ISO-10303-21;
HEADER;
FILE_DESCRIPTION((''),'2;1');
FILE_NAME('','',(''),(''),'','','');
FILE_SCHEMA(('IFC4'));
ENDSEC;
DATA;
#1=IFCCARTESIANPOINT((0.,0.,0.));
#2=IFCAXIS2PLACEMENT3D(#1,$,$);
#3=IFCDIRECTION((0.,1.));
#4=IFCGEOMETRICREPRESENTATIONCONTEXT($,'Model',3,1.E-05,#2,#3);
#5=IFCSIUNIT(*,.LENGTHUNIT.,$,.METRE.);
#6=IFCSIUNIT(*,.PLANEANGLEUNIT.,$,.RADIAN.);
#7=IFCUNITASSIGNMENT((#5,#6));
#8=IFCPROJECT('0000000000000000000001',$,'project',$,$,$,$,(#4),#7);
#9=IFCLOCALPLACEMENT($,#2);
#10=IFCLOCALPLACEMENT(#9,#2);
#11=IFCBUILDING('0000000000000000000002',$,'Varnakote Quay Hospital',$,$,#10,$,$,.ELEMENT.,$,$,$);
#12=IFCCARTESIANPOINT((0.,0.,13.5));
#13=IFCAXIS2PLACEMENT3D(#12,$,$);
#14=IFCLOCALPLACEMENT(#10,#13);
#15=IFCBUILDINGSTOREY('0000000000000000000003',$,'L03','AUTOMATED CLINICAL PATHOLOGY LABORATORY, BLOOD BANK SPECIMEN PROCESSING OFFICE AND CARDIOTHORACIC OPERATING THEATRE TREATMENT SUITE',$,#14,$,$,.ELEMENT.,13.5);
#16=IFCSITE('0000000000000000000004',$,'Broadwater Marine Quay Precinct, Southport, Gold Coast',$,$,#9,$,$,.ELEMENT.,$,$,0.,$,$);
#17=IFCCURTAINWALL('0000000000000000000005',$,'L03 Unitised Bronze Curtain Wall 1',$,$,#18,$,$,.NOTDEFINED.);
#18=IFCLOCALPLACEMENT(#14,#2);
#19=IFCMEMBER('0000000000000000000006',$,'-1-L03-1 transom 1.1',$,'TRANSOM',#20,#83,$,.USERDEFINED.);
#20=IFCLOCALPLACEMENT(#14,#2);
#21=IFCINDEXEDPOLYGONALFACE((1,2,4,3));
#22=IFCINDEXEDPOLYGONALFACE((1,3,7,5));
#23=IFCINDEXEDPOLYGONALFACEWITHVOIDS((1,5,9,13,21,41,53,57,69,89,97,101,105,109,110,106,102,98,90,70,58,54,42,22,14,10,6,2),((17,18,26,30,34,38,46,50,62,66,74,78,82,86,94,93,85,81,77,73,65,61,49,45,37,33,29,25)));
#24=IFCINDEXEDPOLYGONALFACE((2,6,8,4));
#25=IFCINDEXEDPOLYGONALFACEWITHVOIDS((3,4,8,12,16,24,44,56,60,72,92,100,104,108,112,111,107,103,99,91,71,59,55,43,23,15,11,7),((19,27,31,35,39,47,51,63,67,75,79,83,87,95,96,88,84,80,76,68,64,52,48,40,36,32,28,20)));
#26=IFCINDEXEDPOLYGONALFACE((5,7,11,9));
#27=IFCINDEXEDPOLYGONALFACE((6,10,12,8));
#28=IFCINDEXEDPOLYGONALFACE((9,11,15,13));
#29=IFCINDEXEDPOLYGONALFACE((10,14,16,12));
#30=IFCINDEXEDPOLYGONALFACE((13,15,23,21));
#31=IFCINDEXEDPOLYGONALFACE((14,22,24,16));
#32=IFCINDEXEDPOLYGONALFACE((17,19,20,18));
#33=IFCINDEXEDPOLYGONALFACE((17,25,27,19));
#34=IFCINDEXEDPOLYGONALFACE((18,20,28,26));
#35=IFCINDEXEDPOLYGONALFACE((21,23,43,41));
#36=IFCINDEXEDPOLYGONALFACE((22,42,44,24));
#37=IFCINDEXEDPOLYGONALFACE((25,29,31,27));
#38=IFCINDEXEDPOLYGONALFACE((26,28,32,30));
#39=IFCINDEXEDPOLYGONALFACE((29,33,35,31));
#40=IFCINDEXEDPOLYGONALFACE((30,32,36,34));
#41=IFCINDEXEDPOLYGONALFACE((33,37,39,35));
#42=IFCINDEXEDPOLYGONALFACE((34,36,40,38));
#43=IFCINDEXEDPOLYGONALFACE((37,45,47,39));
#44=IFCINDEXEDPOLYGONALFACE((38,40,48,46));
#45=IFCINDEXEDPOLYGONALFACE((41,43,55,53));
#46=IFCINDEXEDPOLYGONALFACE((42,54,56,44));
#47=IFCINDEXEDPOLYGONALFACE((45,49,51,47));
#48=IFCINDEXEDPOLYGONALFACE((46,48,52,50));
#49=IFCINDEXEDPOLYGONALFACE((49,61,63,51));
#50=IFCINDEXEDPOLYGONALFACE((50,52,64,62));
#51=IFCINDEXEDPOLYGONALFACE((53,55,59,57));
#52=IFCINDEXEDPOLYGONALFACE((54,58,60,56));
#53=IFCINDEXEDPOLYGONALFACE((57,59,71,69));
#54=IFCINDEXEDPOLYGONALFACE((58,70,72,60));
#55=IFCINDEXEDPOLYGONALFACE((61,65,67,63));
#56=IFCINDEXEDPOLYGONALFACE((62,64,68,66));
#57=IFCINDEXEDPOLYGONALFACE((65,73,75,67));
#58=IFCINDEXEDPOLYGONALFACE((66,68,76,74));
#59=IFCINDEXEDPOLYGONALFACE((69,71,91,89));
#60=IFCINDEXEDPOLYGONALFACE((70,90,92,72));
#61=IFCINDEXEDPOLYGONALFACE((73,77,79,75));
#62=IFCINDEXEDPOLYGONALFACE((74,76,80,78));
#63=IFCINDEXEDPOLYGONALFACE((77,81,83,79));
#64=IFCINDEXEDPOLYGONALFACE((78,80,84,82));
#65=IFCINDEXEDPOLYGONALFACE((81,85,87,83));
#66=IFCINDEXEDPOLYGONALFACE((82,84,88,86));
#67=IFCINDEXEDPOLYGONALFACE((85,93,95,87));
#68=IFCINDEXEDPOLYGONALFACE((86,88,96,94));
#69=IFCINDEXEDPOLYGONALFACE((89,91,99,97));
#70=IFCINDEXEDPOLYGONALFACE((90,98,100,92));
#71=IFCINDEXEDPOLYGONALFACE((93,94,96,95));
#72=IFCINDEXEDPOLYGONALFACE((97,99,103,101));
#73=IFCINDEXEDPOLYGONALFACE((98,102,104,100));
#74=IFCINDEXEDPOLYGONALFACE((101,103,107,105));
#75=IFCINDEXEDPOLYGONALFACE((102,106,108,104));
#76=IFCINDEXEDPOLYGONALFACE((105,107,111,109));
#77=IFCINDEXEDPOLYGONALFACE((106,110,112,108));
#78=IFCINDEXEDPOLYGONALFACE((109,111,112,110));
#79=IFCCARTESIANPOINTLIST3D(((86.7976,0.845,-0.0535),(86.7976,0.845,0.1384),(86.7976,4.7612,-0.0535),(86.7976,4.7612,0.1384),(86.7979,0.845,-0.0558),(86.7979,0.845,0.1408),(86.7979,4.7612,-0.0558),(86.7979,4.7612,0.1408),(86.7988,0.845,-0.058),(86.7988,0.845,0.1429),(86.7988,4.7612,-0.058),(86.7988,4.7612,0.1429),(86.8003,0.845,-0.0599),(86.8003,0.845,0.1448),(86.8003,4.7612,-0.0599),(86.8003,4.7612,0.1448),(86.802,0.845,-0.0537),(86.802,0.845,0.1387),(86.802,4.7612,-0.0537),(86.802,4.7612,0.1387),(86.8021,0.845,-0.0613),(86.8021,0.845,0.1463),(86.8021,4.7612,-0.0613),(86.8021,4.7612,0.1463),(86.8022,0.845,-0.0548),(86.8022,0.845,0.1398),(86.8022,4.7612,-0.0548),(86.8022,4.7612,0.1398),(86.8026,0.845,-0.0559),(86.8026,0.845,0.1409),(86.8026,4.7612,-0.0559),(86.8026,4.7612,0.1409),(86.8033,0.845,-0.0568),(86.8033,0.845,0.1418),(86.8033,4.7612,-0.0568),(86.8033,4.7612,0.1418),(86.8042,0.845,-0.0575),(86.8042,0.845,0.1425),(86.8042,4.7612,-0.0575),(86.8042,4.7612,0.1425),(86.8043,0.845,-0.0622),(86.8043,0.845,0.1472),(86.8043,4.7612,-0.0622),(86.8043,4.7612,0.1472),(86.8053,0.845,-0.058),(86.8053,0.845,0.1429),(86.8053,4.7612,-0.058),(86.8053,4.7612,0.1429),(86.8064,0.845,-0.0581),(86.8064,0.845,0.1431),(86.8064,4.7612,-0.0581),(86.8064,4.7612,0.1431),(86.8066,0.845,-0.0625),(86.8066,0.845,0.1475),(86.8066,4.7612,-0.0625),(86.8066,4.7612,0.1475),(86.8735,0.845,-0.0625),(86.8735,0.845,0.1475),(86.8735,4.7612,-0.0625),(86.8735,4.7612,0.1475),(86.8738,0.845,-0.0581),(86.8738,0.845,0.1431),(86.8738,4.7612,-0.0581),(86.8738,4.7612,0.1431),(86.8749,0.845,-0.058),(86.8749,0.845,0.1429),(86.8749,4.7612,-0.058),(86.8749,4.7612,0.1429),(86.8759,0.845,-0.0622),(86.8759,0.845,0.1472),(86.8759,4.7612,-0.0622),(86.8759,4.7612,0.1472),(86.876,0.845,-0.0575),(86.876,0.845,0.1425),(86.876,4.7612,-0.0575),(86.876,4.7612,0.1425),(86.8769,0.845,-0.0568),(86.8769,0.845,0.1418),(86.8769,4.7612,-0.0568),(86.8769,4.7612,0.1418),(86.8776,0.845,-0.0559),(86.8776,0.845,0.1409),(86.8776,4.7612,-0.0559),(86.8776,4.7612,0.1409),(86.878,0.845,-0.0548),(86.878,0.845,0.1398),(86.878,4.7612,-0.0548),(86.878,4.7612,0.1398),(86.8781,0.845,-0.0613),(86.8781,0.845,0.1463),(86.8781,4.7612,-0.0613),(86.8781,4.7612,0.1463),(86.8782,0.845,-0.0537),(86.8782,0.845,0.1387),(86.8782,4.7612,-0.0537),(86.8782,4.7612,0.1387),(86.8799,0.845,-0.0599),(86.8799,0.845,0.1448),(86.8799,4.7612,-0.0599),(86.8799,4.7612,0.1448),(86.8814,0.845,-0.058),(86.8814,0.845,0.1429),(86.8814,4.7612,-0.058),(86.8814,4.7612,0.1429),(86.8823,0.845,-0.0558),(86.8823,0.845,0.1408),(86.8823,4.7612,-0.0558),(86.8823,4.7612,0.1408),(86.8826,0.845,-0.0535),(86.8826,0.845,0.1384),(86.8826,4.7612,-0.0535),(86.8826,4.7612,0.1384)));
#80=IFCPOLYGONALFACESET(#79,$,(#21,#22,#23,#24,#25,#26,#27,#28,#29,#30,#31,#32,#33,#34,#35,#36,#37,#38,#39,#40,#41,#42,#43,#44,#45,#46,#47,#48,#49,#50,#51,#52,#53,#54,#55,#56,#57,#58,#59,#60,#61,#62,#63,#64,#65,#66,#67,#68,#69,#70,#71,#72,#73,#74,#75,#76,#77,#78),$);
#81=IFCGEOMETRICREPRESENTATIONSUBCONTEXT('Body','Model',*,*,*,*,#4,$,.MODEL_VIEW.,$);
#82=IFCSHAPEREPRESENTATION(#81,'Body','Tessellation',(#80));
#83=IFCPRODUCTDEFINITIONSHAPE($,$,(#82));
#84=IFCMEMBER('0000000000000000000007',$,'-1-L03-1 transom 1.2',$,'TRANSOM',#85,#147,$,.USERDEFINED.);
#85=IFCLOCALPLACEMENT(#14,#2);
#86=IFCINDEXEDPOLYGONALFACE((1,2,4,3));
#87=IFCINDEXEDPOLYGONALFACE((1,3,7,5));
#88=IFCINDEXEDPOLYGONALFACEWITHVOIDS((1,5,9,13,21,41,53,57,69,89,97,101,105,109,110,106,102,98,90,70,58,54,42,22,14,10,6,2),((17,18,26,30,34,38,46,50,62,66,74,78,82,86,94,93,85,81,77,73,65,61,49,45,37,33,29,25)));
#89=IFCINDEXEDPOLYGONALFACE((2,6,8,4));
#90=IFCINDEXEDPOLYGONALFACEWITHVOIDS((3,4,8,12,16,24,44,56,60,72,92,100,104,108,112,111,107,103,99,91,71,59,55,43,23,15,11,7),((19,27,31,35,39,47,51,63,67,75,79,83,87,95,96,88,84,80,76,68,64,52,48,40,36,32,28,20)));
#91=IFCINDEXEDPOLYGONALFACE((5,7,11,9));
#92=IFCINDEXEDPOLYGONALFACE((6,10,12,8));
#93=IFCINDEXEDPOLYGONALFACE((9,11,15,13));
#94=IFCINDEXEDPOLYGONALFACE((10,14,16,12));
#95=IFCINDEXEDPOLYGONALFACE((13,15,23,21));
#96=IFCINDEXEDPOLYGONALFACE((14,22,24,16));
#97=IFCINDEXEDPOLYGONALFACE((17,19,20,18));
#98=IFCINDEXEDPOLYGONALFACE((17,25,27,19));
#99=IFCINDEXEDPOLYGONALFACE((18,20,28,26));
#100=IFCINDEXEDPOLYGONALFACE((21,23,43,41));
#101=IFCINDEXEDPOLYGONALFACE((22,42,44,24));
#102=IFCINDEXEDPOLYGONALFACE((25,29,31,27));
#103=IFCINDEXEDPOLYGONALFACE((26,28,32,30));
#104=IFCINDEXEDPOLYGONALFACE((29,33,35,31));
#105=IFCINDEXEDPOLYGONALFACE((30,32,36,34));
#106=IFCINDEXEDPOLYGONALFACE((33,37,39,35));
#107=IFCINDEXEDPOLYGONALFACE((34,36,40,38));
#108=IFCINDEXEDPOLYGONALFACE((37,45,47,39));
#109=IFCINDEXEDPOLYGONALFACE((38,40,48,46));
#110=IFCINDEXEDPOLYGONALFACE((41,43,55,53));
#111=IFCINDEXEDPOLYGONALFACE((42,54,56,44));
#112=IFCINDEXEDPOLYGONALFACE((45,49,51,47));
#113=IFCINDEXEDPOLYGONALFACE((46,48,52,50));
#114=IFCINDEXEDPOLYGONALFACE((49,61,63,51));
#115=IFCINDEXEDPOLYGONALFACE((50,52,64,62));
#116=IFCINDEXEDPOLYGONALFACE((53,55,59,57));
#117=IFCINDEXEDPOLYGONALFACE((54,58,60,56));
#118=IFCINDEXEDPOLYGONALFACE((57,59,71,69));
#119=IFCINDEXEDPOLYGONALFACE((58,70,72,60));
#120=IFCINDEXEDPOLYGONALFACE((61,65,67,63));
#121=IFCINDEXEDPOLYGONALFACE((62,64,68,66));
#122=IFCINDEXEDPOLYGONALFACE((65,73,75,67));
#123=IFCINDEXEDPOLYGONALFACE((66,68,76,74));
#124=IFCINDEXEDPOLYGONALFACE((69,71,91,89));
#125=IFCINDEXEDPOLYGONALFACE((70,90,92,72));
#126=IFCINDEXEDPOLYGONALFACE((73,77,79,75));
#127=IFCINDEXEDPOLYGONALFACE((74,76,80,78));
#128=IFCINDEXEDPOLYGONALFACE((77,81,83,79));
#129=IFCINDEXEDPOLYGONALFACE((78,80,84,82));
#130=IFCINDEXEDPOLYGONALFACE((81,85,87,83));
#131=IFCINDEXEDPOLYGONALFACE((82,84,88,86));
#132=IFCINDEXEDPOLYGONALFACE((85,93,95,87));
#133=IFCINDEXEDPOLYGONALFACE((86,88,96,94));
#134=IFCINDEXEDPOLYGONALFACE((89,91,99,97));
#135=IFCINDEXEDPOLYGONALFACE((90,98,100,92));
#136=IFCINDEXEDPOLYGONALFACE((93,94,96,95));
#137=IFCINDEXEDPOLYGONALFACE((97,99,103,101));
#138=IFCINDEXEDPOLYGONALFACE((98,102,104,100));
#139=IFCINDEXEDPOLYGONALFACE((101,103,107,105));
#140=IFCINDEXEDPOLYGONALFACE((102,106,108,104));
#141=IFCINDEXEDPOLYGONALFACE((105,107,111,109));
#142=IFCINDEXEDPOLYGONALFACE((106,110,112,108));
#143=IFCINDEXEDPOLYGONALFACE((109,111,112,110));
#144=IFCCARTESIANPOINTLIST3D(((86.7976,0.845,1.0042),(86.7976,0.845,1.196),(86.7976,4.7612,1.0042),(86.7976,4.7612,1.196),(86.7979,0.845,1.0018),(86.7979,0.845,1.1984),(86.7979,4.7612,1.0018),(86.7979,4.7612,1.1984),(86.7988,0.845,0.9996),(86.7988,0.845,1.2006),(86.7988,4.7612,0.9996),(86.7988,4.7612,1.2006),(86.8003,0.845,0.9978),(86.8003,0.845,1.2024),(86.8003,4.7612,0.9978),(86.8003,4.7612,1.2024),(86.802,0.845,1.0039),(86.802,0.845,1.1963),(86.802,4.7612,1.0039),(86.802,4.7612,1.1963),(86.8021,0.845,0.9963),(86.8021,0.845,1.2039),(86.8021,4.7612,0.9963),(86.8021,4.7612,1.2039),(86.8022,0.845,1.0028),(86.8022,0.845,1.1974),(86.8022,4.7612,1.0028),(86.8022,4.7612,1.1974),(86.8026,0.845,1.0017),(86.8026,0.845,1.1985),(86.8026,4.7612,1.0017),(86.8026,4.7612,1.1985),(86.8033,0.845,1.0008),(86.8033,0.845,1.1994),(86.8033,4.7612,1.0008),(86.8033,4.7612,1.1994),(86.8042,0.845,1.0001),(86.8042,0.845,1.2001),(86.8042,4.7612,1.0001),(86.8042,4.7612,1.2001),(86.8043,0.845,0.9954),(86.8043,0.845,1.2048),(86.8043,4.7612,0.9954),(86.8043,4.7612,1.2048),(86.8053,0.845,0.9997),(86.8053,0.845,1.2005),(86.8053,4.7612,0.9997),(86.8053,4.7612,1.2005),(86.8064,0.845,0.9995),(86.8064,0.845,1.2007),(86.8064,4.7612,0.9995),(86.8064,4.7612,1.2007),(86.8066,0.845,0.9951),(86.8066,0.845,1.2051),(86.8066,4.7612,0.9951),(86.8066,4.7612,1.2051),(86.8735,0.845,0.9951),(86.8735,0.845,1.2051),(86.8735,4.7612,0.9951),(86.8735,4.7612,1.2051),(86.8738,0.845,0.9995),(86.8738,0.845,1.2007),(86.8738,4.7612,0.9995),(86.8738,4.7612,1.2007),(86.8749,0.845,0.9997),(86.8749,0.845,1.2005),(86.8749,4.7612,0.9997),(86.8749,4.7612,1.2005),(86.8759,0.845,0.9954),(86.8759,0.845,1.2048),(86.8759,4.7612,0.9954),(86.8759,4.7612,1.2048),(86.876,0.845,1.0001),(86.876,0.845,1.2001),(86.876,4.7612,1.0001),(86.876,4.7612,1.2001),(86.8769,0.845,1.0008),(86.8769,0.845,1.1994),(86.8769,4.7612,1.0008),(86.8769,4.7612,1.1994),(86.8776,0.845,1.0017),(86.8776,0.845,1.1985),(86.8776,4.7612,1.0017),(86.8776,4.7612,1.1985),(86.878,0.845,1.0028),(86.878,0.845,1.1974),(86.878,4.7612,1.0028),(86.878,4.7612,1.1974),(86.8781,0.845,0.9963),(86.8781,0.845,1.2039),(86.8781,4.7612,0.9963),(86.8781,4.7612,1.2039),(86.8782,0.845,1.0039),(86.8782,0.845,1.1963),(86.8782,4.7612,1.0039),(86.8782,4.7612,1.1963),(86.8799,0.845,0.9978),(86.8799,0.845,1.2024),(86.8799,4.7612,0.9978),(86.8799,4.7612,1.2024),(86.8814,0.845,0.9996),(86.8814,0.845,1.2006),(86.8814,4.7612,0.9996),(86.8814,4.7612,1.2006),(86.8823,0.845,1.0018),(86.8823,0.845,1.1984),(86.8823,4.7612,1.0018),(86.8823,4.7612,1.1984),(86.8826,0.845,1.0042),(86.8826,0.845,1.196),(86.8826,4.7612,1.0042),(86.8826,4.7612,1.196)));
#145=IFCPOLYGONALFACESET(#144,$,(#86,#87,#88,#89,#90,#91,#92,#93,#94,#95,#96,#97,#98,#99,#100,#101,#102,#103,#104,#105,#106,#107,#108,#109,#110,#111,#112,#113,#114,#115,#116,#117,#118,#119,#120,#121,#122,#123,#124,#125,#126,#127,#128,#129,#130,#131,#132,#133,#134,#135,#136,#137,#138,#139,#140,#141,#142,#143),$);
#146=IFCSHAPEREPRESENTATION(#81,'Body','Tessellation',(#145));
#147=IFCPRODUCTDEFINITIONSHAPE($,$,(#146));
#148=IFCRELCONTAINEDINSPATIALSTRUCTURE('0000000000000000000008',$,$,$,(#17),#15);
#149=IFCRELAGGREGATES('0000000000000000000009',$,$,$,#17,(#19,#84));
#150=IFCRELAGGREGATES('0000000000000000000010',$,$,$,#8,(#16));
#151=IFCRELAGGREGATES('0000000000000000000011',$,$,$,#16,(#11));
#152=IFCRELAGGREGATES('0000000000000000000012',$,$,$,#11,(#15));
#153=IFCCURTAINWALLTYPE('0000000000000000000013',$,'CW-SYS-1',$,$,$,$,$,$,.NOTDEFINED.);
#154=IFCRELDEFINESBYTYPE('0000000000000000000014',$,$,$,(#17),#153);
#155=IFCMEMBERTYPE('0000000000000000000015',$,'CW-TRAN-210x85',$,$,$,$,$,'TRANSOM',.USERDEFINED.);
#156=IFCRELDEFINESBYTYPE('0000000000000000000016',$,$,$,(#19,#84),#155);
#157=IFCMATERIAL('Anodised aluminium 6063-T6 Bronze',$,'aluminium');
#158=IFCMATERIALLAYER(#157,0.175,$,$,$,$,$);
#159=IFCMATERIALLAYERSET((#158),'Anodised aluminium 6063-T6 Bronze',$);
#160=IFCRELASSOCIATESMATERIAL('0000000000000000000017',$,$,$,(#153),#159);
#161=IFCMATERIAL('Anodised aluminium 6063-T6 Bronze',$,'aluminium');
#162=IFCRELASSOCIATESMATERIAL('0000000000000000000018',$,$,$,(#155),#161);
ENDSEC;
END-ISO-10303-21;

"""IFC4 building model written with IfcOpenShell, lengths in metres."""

from ifc_helpers import new_model, si_unit, direction, frame, origin, origin_2d, place, context, subcontext, project, spatial, hollow_rectangle, extrude, material, layer, layer_set, material_profile, profile_set, type_object, element, aggregate, save


model = new_model("IFC4")

# Units and contexts
model_context = context("Model", 3, precision=1e-05, world=origin(), true_north=direction((0.0, 1.0)))
body_context = subcontext(model_context, "Body", "Model", "MODEL_VIEW")
ifc_project = project(units=[si_unit("LENGTHUNIT", "METRE"), si_unit("PLANEANGLEUNIT", "RADIAN")], contexts=[model_context])

# Site, building, storey
site_placement = place(None, origin())
site = spatial("IfcSite", under=ifc_project, at=site_placement, Name="Broadwater Marine Quay Precinct, Southport, Gold Coast", CompositionType="ELEMENT", RefElevation=0.0)
building_placement = place(site_placement, origin())
building = spatial("IfcBuilding", under=site, at=building_placement, Name="Varnakote Quay Hospital", CompositionType="ELEMENT")
storey_placement = place(building_placement, frame((0.0, 0.0, 13.5)))
storey = spatial("IfcBuildingStorey", under=building, at=storey_placement, Name="L03", Description="AUTOMATED CLINICAL PATHOLOGY LABORATORY, BLOOD BANK SPECIMEN PROCESSING OFFICE AND CARDIOTHORACIC OPERATING THEATRE TREATMENT SUITE", CompositionType="ELEMENT", Elevation=13.5)

# Curtain wall, members
ifc_material_1 = material(Name="Anodised aluminium 6063-T6 Bronze", Category="aluminium")
ifc_layer_1 = layer(ifc_material_1, 0.175)
ifc_layer_set_1 = layer_set([ifc_layer_1], Name="Anodised aluminium 6063-T6 Bronze")
curtain_wall_type = type_object("IfcCurtainWallType", Name="CW-SYS-1", PredefinedType="NOTDEFINED", material=ifc_layer_set_1)
curtain_wall_placement = place(storey_placement, origin())
curtain_wall = element("IfcCurtainWall", 1, at=curtain_wall_placement, inside=storey, type_object=curtain_wall_type, Name="L03 Unitised Bronze Curtain Wall 1", PredefinedType="NOTDEFINED")
ifc_material_2 = material(Name="Anodised aluminium 6063-T6 Bronze", Category="aluminium")
ifc_material_profile_1 = material_profile(ifc_material_2, hollow_rectangle(XDim=0.085, YDim=0.21, WallThickness=0.0044, InnerFilletRadius=0.0044, OuterFilletRadius=0.009, at=origin_2d()), Name="CW-TRAN-210x85")
ifc_profile_set_1 = profile_set([ifc_material_profile_1], Name="Anodised aluminium 6063-T6 Bronze")
member_type_1 = type_object("IfcMemberType", Name="CW-TRAN-210x85", ElementType="TRANSOM", PredefinedType="USERDEFINED", material=ifc_profile_set_1)
member_1_placement = place(storey_placement, frame((86.8401, 0.845, 0.0425), z_axis=(0.0, 1.0, 0.0), x_axis=(-1.0, 0.0, 0.0)))
member_1 = element("IfcMember", 2, at=member_1_placement, type_object=member_type_1, Name="-1-L03-1 transom 1.1", ObjectType="TRANSOM", PredefinedType="USERDEFINED", context=body_context, shape_type="SweptSolid", body=[
    extrude(hollow_rectangle(XDim=0.085, YDim=0.21, WallThickness=0.0044, InnerFilletRadius=0.0044, OuterFilletRadius=0.009, at=origin_2d()), origin(), (0.0, 0.0, 1.0), 3.9163),
])
member_2_placement = place(storey_placement, frame((86.8401, 0.845, 1.1001), z_axis=(0.0, 1.0, 0.0), x_axis=(-1.0, 0.0, 0.0)))
member_2 = element("IfcMember", 3, at=member_2_placement, type_object=member_type_1, Name="-1-L03-1 transom 1.2", ObjectType="TRANSOM", PredefinedType="USERDEFINED", context=body_context, shape_type="SweptSolid", body=[
    extrude(hollow_rectangle(XDim=0.085, YDim=0.21, WallThickness=0.0044, InnerFilletRadius=0.0044, OuterFilletRadius=0.009, at=origin_2d()), origin(), (0.0, 0.0, 1.0), 3.9163),
])
aggregate(curtain_wall, [member_1, member_2])

save(model, "model.ifc")
